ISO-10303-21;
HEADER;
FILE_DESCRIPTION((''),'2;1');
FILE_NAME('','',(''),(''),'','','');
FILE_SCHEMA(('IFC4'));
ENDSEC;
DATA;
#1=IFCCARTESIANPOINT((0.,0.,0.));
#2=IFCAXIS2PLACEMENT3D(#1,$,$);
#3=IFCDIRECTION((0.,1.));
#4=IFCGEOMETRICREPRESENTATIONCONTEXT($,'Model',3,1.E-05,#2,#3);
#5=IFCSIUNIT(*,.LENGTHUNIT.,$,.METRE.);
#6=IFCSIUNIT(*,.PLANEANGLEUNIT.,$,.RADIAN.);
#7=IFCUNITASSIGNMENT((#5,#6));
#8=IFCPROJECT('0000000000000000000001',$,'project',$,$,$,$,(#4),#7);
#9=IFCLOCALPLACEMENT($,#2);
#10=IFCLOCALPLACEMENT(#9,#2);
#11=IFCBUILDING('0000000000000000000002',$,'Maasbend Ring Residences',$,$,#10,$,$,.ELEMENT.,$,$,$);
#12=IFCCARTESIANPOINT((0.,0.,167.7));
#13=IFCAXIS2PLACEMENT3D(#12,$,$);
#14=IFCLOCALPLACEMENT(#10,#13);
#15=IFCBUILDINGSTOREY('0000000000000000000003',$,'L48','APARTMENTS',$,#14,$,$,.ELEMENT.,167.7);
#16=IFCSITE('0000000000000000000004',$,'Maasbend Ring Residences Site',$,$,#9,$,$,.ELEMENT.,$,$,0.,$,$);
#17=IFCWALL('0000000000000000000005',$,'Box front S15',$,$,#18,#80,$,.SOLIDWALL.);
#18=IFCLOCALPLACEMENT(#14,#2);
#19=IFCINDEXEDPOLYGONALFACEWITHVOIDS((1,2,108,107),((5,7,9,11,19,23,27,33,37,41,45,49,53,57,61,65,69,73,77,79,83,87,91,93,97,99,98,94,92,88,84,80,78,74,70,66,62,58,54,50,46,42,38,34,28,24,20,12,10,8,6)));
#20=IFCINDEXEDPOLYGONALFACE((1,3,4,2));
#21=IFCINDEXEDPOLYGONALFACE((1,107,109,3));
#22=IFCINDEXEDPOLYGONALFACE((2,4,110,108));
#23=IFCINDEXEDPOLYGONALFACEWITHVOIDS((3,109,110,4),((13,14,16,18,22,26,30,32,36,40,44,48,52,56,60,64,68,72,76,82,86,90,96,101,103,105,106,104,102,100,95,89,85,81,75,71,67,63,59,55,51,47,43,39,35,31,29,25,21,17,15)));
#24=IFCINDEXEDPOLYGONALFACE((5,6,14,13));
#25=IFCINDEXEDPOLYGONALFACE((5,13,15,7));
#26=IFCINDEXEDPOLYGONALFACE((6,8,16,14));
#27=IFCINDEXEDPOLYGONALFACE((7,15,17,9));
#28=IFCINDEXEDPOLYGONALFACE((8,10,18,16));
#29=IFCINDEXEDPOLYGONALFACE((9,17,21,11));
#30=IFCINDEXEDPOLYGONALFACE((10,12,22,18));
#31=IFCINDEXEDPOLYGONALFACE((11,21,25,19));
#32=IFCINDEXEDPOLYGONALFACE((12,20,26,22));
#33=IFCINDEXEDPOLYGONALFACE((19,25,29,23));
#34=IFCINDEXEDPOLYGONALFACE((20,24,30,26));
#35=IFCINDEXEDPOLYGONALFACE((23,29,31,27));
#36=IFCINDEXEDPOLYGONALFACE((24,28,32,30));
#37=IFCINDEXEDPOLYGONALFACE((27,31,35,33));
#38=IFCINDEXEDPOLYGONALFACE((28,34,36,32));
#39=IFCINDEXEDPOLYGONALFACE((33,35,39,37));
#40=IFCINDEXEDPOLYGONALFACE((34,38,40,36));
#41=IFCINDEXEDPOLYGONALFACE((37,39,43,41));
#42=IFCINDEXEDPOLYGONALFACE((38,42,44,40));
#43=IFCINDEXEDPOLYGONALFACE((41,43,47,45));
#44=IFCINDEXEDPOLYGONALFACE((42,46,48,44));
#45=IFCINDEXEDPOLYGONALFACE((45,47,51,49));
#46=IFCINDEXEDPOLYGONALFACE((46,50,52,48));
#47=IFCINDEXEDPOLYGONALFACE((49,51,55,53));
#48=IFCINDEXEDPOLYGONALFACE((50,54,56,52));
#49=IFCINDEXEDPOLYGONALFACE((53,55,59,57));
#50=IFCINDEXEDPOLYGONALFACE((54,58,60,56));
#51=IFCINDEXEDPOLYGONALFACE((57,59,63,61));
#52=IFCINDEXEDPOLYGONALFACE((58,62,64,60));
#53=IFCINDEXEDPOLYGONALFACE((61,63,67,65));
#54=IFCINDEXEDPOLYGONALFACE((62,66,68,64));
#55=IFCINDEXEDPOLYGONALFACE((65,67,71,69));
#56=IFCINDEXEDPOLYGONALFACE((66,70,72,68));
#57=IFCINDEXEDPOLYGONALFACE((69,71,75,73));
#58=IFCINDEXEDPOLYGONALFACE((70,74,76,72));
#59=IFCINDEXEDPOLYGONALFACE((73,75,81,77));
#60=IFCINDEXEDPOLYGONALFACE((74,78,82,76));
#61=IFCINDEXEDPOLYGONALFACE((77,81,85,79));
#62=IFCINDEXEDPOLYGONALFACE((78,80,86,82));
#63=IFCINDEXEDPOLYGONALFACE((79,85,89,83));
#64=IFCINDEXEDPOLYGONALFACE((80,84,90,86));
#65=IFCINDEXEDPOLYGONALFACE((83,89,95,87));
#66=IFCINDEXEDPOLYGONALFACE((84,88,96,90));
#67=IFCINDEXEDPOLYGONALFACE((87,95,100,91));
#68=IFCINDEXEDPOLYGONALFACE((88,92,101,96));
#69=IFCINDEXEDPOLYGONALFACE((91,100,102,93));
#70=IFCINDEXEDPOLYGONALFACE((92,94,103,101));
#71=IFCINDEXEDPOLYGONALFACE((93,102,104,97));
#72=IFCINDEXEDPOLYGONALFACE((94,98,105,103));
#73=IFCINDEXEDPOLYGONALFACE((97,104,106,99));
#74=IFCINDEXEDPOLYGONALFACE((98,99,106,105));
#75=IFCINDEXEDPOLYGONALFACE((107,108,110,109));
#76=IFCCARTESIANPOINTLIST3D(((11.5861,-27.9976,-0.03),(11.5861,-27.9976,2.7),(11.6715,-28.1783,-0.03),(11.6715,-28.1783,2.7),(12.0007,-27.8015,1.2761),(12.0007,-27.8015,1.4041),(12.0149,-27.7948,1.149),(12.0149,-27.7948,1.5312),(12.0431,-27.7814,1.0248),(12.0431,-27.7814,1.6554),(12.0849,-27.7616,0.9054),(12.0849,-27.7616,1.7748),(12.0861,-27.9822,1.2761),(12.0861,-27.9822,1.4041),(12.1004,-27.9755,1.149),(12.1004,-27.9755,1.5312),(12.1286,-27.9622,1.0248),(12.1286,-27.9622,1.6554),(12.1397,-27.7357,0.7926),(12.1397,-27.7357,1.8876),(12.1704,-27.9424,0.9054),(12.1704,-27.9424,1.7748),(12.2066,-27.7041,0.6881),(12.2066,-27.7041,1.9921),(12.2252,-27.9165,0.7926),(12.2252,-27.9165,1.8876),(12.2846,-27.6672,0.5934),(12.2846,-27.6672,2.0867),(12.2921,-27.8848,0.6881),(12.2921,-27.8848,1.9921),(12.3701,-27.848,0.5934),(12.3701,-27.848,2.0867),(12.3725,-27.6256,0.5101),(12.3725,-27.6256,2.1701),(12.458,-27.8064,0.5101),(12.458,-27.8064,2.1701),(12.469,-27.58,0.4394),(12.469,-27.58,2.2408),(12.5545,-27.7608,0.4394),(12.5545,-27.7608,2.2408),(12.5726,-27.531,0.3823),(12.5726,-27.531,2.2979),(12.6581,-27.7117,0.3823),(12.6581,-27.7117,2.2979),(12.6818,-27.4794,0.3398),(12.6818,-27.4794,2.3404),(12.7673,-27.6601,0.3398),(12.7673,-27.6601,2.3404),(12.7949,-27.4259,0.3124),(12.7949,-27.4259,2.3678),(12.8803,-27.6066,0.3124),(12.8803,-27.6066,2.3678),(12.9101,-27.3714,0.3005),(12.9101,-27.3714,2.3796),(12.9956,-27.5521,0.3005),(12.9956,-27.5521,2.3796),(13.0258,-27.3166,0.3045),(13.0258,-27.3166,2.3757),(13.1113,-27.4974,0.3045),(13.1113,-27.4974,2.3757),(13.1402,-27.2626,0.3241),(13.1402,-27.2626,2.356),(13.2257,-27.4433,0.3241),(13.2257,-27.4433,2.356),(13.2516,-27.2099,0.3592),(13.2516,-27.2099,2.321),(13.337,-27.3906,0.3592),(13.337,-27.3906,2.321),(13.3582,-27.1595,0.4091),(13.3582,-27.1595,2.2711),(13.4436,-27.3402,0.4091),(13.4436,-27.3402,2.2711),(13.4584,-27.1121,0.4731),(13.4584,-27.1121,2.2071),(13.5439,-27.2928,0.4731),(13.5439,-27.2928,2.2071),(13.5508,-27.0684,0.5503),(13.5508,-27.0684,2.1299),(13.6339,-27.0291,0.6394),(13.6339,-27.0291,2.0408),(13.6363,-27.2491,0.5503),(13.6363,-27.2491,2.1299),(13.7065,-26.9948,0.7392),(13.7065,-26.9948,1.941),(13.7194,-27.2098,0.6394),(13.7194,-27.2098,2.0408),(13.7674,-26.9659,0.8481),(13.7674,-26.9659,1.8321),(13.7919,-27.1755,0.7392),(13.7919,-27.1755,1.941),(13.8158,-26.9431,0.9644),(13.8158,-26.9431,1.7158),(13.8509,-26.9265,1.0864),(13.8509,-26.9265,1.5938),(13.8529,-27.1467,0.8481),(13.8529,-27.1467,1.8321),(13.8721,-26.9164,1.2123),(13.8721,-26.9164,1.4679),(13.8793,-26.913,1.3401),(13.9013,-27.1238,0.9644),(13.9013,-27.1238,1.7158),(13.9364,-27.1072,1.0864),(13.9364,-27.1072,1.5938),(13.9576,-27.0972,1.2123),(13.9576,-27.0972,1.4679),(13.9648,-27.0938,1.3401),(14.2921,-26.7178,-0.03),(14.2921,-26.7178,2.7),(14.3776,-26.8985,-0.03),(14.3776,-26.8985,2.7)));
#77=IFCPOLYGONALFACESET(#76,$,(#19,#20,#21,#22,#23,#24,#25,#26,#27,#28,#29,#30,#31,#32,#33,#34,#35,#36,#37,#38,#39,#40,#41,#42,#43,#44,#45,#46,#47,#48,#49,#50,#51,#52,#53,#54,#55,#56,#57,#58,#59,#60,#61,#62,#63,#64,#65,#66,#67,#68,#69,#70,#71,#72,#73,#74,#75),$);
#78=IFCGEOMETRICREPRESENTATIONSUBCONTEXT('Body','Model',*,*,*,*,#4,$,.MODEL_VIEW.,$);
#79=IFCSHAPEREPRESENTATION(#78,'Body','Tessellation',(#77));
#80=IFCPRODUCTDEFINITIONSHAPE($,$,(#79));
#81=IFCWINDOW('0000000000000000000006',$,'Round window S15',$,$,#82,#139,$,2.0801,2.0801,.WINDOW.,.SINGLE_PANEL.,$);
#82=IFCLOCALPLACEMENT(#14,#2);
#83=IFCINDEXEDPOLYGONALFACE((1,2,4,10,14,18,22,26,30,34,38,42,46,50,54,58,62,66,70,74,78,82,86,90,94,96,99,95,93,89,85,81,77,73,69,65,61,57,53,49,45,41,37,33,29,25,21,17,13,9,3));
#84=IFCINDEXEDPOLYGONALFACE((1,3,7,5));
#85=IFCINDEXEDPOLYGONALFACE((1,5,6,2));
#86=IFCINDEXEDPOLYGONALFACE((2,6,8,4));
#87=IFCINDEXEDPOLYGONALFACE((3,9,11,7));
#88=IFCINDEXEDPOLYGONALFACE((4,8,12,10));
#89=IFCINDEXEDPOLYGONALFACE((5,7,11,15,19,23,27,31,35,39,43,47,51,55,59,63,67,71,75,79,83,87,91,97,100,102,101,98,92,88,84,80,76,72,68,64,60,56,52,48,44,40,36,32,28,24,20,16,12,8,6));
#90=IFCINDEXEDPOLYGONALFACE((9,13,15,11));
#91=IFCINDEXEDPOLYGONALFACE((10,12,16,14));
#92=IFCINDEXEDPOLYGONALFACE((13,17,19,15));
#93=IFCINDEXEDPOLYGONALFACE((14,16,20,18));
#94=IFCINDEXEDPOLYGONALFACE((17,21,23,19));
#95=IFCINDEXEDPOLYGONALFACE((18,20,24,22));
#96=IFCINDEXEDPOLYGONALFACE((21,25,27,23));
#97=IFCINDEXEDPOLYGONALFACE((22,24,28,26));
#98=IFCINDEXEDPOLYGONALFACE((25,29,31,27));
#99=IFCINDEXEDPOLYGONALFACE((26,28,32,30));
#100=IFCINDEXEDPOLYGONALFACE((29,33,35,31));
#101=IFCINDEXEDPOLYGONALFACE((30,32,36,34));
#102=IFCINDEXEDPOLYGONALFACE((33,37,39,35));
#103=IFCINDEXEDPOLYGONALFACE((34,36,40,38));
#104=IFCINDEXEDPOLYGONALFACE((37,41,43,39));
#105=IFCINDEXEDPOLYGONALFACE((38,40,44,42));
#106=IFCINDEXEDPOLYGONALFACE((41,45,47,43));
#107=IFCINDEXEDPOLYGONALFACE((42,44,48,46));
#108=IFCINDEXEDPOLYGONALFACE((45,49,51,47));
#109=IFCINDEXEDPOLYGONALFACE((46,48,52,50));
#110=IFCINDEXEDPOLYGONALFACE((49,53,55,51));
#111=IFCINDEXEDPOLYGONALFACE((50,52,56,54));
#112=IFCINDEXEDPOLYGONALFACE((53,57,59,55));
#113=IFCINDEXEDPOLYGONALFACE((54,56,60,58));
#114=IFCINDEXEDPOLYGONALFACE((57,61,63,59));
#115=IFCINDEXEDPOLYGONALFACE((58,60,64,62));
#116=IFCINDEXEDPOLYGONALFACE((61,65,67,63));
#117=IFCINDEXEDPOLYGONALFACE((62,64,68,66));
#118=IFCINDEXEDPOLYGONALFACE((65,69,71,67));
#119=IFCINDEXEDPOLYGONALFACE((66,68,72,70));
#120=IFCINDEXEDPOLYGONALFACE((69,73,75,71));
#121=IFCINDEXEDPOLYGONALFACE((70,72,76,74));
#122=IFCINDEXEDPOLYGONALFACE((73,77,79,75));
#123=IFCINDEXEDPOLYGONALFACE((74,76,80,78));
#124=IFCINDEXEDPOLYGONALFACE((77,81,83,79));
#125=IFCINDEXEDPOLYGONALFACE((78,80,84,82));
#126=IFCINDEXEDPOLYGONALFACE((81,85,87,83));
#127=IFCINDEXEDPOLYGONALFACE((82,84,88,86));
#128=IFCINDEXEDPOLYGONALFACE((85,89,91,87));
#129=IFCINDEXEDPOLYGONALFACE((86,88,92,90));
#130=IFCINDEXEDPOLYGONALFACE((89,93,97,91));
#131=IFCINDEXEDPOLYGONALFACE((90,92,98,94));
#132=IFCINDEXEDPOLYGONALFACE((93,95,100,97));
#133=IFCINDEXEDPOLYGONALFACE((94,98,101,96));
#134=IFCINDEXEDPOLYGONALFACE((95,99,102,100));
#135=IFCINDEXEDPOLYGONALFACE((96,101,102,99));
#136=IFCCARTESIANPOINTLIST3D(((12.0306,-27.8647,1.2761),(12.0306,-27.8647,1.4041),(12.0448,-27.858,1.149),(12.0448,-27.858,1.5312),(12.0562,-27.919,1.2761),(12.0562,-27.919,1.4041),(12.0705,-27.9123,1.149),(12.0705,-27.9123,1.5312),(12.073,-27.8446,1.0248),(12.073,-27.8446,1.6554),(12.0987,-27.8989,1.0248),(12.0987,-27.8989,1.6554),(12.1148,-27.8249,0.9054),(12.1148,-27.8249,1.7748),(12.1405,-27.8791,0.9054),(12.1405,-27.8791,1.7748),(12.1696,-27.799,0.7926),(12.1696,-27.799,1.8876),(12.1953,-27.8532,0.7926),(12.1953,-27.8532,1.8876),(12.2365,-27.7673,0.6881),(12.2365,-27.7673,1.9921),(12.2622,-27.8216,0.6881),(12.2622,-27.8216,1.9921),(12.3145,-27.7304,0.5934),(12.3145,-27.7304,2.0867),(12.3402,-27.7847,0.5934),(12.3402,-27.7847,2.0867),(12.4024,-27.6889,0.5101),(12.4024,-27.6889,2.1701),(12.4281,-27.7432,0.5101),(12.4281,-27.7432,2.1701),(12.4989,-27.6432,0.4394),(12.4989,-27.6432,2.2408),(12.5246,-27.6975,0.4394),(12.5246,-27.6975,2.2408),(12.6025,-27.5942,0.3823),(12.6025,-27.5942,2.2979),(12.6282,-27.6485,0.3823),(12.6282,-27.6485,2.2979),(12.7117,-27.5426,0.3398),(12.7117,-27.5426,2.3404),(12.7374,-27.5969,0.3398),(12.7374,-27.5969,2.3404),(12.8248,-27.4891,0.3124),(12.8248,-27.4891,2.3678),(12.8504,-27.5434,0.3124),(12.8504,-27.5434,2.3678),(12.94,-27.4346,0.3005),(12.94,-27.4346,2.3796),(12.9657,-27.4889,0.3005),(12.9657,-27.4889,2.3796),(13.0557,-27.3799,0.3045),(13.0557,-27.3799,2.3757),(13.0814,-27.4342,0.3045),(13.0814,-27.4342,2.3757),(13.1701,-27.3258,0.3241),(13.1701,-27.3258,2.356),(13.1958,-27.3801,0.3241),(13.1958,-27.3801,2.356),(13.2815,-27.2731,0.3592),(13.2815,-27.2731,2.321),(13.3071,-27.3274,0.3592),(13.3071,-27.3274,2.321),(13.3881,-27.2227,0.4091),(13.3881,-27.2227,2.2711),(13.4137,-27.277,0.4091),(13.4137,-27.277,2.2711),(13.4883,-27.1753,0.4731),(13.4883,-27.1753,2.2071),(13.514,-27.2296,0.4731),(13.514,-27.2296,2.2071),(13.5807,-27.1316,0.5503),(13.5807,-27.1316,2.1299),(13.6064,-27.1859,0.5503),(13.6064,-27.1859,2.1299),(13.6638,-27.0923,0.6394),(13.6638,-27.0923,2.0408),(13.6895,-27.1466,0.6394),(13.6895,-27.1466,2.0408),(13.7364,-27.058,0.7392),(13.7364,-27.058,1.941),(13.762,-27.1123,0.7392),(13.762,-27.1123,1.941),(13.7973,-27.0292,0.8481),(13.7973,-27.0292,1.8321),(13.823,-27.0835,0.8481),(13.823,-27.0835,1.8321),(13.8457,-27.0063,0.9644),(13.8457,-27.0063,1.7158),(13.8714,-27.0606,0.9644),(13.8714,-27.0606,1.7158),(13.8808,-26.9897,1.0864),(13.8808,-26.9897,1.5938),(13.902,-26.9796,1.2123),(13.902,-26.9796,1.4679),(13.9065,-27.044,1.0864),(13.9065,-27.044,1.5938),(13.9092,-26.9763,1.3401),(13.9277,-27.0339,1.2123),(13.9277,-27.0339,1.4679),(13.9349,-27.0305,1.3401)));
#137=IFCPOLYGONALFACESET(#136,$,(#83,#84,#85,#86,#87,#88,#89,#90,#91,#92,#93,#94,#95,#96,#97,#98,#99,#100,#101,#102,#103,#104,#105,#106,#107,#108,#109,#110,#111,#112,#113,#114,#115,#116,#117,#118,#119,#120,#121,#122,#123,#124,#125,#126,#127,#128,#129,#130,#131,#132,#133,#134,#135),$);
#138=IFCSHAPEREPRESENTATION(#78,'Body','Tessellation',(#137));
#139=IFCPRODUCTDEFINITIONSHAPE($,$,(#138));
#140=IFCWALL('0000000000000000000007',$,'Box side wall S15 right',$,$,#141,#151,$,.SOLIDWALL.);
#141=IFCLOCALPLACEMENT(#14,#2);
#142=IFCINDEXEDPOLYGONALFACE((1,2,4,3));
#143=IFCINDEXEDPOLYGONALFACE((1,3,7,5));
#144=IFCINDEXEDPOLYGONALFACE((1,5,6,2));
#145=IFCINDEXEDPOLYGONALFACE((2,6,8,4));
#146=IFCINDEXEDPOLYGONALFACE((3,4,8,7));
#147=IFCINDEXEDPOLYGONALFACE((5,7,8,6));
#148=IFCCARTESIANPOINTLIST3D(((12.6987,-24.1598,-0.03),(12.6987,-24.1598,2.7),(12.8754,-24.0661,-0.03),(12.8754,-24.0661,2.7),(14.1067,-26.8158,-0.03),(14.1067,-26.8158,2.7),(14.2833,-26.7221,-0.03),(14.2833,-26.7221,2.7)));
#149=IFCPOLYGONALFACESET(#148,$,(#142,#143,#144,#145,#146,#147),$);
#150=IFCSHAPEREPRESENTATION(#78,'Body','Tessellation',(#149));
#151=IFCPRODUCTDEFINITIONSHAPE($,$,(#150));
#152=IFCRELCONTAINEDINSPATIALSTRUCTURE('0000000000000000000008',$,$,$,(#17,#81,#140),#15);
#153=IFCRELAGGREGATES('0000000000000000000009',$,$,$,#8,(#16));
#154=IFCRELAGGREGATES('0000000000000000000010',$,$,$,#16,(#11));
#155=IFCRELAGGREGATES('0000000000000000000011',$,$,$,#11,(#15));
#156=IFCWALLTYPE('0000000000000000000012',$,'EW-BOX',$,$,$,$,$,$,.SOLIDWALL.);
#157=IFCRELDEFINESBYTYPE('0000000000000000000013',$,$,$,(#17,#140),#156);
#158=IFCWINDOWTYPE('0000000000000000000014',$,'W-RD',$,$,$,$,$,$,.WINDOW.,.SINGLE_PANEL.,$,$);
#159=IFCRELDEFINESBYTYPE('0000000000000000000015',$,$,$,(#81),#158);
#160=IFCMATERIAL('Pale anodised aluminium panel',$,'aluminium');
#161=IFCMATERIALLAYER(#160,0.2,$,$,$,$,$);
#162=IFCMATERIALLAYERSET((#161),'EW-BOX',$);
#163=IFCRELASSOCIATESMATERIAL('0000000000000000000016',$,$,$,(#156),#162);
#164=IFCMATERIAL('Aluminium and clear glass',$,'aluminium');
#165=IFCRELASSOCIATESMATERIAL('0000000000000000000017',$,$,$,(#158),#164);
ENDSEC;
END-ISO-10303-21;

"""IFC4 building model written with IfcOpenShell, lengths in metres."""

from ifc_helpers import new_model, si_unit, direction, frame, frame_2d, origin, place, context, subcontext, project, spatial, rectangle, circle, extrude, material, layer, layer_set, type_object, element, fill, save


model = new_model("IFC4")

# Units and contexts
model_context = context("Model", 3, precision=1e-05, world=origin(), true_north=direction((0.0, 1.0)))
body_context = subcontext(model_context, "Body", "Model", "MODEL_VIEW")
ifc_project = project(units=[si_unit("LENGTHUNIT", "METRE"), si_unit("PLANEANGLEUNIT", "RADIAN")], contexts=[model_context])

# Site, building, storey
site_placement = place(None, origin())
site = spatial("IfcSite", under=ifc_project, at=site_placement, Name="Maasbend Ring Residences Site", CompositionType="ELEMENT", RefElevation=0.0)
building_placement = place(site_placement, origin())
building = spatial("IfcBuilding", under=site, at=building_placement, Name="Maasbend Ring Residences", CompositionType="ELEMENT")
storey_placement = place(building_placement, frame((0.0, 0.0, 167.7)))
storey = spatial("IfcBuildingStorey", under=building, at=storey_placement, Name="L48", Description="APARTMENTS", CompositionType="ELEMENT", Elevation=167.7)

# Wall, opening, window
ifc_material_1 = material(Name="Pale anodised aluminium panel", Category="aluminium")
ifc_layer_1 = layer(ifc_material_1, 0.2)
ifc_layer_set_1 = layer_set([ifc_layer_1], Name="EW-BOX")
wall_type_1 = type_object("IfcWallType", Name="EW-BOX", PredefinedType="SOLIDWALL", material=ifc_layer_set_1)
wall_1_placement = place(storey_placement, frame((11.6289, -28.0879, -0.03), z_axis=(0.0, 0.0, 1.0), x_axis=(0.904, 0.427532, 0.0)))
wall_1 = element("IfcWall", 1, at=wall_1_placement, inside=storey, type_object=wall_type_1, Name="Box front S15", PredefinedType="SOLIDWALL", context=body_context, shape_type="SweptSolid", body=[
    extrude(rectangle(XDim=2.9934, YDim=0.2, at=frame_2d((1.4966, 0.0))), origin(), (0.0, 0.0, 1.0), 2.73),
])
opening_1_placement = place(wall_1_placement, frame((0.4565, 0.0, 0.3301)))
opening_1 = element("IfcOpeningElement", 2, at=opening_1_placement, cuts=wall_1, PredefinedType="OPENING", context=body_context, shape_type="SweptSolid", body=[
    extrude(circle(Radius=1.04, at=frame_2d((1.04, 1.04))), frame((0.0, 0.1099, 0.0), z_axis=(0.0, -1.0, 0.0), x_axis=(1.0, 0.0, 0.0)), (0.0, 0.0, 1.0), 0.22),
])
ifc_material_2 = material(Name="Aluminium and clear glass", Category="aluminium")
window_type_1 = type_object("IfcWindowType", Name="W-RD", PartitioningType="SINGLE_PANEL", PredefinedType="WINDOW", material=ifc_material_2)
window_1_placement = place(opening_1_placement, origin())
window_1 = element("IfcWindow", 3, at=window_1_placement, inside=storey, type_object=window_type_1, Name="Round window S15", OverallHeight=2.0801, OverallWidth=2.0801, PartitioningType="SINGLE_PANEL", PredefinedType="WINDOW", context=body_context, shape_type="SweptSolid", body=[
    extrude(circle(Radius=1.04, at=frame_2d((1.04, 1.04))), frame((0.0, 0.03, 0.0), z_axis=(0.0, -1.0, 0.0), x_axis=(1.0, 0.0, 0.0)), (0.0, 0.0, 1.0), 0.0601),
])
fill(opening_1, window_1)

# Wall
wall_2_placement = place(storey_placement, frame((12.7871, -24.113, -0.03), z_axis=(0.0, 0.0, 1.0), x_axis=(0.468365, -0.883535, 0.0)))
element("IfcWall", 4, at=wall_2_placement, inside=storey, type_object=wall_type_1, Name="Box side wall S15 right", PredefinedType="SOLIDWALL", context=body_context, shape_type="SweptSolid", body=[
    extrude(rectangle(XDim=3.0061, YDim=0.2, at=frame_2d((1.5029, 0.0))), origin(), (0.0, 0.0, 1.0), 2.73),
])

save(model, "model.ifc")
